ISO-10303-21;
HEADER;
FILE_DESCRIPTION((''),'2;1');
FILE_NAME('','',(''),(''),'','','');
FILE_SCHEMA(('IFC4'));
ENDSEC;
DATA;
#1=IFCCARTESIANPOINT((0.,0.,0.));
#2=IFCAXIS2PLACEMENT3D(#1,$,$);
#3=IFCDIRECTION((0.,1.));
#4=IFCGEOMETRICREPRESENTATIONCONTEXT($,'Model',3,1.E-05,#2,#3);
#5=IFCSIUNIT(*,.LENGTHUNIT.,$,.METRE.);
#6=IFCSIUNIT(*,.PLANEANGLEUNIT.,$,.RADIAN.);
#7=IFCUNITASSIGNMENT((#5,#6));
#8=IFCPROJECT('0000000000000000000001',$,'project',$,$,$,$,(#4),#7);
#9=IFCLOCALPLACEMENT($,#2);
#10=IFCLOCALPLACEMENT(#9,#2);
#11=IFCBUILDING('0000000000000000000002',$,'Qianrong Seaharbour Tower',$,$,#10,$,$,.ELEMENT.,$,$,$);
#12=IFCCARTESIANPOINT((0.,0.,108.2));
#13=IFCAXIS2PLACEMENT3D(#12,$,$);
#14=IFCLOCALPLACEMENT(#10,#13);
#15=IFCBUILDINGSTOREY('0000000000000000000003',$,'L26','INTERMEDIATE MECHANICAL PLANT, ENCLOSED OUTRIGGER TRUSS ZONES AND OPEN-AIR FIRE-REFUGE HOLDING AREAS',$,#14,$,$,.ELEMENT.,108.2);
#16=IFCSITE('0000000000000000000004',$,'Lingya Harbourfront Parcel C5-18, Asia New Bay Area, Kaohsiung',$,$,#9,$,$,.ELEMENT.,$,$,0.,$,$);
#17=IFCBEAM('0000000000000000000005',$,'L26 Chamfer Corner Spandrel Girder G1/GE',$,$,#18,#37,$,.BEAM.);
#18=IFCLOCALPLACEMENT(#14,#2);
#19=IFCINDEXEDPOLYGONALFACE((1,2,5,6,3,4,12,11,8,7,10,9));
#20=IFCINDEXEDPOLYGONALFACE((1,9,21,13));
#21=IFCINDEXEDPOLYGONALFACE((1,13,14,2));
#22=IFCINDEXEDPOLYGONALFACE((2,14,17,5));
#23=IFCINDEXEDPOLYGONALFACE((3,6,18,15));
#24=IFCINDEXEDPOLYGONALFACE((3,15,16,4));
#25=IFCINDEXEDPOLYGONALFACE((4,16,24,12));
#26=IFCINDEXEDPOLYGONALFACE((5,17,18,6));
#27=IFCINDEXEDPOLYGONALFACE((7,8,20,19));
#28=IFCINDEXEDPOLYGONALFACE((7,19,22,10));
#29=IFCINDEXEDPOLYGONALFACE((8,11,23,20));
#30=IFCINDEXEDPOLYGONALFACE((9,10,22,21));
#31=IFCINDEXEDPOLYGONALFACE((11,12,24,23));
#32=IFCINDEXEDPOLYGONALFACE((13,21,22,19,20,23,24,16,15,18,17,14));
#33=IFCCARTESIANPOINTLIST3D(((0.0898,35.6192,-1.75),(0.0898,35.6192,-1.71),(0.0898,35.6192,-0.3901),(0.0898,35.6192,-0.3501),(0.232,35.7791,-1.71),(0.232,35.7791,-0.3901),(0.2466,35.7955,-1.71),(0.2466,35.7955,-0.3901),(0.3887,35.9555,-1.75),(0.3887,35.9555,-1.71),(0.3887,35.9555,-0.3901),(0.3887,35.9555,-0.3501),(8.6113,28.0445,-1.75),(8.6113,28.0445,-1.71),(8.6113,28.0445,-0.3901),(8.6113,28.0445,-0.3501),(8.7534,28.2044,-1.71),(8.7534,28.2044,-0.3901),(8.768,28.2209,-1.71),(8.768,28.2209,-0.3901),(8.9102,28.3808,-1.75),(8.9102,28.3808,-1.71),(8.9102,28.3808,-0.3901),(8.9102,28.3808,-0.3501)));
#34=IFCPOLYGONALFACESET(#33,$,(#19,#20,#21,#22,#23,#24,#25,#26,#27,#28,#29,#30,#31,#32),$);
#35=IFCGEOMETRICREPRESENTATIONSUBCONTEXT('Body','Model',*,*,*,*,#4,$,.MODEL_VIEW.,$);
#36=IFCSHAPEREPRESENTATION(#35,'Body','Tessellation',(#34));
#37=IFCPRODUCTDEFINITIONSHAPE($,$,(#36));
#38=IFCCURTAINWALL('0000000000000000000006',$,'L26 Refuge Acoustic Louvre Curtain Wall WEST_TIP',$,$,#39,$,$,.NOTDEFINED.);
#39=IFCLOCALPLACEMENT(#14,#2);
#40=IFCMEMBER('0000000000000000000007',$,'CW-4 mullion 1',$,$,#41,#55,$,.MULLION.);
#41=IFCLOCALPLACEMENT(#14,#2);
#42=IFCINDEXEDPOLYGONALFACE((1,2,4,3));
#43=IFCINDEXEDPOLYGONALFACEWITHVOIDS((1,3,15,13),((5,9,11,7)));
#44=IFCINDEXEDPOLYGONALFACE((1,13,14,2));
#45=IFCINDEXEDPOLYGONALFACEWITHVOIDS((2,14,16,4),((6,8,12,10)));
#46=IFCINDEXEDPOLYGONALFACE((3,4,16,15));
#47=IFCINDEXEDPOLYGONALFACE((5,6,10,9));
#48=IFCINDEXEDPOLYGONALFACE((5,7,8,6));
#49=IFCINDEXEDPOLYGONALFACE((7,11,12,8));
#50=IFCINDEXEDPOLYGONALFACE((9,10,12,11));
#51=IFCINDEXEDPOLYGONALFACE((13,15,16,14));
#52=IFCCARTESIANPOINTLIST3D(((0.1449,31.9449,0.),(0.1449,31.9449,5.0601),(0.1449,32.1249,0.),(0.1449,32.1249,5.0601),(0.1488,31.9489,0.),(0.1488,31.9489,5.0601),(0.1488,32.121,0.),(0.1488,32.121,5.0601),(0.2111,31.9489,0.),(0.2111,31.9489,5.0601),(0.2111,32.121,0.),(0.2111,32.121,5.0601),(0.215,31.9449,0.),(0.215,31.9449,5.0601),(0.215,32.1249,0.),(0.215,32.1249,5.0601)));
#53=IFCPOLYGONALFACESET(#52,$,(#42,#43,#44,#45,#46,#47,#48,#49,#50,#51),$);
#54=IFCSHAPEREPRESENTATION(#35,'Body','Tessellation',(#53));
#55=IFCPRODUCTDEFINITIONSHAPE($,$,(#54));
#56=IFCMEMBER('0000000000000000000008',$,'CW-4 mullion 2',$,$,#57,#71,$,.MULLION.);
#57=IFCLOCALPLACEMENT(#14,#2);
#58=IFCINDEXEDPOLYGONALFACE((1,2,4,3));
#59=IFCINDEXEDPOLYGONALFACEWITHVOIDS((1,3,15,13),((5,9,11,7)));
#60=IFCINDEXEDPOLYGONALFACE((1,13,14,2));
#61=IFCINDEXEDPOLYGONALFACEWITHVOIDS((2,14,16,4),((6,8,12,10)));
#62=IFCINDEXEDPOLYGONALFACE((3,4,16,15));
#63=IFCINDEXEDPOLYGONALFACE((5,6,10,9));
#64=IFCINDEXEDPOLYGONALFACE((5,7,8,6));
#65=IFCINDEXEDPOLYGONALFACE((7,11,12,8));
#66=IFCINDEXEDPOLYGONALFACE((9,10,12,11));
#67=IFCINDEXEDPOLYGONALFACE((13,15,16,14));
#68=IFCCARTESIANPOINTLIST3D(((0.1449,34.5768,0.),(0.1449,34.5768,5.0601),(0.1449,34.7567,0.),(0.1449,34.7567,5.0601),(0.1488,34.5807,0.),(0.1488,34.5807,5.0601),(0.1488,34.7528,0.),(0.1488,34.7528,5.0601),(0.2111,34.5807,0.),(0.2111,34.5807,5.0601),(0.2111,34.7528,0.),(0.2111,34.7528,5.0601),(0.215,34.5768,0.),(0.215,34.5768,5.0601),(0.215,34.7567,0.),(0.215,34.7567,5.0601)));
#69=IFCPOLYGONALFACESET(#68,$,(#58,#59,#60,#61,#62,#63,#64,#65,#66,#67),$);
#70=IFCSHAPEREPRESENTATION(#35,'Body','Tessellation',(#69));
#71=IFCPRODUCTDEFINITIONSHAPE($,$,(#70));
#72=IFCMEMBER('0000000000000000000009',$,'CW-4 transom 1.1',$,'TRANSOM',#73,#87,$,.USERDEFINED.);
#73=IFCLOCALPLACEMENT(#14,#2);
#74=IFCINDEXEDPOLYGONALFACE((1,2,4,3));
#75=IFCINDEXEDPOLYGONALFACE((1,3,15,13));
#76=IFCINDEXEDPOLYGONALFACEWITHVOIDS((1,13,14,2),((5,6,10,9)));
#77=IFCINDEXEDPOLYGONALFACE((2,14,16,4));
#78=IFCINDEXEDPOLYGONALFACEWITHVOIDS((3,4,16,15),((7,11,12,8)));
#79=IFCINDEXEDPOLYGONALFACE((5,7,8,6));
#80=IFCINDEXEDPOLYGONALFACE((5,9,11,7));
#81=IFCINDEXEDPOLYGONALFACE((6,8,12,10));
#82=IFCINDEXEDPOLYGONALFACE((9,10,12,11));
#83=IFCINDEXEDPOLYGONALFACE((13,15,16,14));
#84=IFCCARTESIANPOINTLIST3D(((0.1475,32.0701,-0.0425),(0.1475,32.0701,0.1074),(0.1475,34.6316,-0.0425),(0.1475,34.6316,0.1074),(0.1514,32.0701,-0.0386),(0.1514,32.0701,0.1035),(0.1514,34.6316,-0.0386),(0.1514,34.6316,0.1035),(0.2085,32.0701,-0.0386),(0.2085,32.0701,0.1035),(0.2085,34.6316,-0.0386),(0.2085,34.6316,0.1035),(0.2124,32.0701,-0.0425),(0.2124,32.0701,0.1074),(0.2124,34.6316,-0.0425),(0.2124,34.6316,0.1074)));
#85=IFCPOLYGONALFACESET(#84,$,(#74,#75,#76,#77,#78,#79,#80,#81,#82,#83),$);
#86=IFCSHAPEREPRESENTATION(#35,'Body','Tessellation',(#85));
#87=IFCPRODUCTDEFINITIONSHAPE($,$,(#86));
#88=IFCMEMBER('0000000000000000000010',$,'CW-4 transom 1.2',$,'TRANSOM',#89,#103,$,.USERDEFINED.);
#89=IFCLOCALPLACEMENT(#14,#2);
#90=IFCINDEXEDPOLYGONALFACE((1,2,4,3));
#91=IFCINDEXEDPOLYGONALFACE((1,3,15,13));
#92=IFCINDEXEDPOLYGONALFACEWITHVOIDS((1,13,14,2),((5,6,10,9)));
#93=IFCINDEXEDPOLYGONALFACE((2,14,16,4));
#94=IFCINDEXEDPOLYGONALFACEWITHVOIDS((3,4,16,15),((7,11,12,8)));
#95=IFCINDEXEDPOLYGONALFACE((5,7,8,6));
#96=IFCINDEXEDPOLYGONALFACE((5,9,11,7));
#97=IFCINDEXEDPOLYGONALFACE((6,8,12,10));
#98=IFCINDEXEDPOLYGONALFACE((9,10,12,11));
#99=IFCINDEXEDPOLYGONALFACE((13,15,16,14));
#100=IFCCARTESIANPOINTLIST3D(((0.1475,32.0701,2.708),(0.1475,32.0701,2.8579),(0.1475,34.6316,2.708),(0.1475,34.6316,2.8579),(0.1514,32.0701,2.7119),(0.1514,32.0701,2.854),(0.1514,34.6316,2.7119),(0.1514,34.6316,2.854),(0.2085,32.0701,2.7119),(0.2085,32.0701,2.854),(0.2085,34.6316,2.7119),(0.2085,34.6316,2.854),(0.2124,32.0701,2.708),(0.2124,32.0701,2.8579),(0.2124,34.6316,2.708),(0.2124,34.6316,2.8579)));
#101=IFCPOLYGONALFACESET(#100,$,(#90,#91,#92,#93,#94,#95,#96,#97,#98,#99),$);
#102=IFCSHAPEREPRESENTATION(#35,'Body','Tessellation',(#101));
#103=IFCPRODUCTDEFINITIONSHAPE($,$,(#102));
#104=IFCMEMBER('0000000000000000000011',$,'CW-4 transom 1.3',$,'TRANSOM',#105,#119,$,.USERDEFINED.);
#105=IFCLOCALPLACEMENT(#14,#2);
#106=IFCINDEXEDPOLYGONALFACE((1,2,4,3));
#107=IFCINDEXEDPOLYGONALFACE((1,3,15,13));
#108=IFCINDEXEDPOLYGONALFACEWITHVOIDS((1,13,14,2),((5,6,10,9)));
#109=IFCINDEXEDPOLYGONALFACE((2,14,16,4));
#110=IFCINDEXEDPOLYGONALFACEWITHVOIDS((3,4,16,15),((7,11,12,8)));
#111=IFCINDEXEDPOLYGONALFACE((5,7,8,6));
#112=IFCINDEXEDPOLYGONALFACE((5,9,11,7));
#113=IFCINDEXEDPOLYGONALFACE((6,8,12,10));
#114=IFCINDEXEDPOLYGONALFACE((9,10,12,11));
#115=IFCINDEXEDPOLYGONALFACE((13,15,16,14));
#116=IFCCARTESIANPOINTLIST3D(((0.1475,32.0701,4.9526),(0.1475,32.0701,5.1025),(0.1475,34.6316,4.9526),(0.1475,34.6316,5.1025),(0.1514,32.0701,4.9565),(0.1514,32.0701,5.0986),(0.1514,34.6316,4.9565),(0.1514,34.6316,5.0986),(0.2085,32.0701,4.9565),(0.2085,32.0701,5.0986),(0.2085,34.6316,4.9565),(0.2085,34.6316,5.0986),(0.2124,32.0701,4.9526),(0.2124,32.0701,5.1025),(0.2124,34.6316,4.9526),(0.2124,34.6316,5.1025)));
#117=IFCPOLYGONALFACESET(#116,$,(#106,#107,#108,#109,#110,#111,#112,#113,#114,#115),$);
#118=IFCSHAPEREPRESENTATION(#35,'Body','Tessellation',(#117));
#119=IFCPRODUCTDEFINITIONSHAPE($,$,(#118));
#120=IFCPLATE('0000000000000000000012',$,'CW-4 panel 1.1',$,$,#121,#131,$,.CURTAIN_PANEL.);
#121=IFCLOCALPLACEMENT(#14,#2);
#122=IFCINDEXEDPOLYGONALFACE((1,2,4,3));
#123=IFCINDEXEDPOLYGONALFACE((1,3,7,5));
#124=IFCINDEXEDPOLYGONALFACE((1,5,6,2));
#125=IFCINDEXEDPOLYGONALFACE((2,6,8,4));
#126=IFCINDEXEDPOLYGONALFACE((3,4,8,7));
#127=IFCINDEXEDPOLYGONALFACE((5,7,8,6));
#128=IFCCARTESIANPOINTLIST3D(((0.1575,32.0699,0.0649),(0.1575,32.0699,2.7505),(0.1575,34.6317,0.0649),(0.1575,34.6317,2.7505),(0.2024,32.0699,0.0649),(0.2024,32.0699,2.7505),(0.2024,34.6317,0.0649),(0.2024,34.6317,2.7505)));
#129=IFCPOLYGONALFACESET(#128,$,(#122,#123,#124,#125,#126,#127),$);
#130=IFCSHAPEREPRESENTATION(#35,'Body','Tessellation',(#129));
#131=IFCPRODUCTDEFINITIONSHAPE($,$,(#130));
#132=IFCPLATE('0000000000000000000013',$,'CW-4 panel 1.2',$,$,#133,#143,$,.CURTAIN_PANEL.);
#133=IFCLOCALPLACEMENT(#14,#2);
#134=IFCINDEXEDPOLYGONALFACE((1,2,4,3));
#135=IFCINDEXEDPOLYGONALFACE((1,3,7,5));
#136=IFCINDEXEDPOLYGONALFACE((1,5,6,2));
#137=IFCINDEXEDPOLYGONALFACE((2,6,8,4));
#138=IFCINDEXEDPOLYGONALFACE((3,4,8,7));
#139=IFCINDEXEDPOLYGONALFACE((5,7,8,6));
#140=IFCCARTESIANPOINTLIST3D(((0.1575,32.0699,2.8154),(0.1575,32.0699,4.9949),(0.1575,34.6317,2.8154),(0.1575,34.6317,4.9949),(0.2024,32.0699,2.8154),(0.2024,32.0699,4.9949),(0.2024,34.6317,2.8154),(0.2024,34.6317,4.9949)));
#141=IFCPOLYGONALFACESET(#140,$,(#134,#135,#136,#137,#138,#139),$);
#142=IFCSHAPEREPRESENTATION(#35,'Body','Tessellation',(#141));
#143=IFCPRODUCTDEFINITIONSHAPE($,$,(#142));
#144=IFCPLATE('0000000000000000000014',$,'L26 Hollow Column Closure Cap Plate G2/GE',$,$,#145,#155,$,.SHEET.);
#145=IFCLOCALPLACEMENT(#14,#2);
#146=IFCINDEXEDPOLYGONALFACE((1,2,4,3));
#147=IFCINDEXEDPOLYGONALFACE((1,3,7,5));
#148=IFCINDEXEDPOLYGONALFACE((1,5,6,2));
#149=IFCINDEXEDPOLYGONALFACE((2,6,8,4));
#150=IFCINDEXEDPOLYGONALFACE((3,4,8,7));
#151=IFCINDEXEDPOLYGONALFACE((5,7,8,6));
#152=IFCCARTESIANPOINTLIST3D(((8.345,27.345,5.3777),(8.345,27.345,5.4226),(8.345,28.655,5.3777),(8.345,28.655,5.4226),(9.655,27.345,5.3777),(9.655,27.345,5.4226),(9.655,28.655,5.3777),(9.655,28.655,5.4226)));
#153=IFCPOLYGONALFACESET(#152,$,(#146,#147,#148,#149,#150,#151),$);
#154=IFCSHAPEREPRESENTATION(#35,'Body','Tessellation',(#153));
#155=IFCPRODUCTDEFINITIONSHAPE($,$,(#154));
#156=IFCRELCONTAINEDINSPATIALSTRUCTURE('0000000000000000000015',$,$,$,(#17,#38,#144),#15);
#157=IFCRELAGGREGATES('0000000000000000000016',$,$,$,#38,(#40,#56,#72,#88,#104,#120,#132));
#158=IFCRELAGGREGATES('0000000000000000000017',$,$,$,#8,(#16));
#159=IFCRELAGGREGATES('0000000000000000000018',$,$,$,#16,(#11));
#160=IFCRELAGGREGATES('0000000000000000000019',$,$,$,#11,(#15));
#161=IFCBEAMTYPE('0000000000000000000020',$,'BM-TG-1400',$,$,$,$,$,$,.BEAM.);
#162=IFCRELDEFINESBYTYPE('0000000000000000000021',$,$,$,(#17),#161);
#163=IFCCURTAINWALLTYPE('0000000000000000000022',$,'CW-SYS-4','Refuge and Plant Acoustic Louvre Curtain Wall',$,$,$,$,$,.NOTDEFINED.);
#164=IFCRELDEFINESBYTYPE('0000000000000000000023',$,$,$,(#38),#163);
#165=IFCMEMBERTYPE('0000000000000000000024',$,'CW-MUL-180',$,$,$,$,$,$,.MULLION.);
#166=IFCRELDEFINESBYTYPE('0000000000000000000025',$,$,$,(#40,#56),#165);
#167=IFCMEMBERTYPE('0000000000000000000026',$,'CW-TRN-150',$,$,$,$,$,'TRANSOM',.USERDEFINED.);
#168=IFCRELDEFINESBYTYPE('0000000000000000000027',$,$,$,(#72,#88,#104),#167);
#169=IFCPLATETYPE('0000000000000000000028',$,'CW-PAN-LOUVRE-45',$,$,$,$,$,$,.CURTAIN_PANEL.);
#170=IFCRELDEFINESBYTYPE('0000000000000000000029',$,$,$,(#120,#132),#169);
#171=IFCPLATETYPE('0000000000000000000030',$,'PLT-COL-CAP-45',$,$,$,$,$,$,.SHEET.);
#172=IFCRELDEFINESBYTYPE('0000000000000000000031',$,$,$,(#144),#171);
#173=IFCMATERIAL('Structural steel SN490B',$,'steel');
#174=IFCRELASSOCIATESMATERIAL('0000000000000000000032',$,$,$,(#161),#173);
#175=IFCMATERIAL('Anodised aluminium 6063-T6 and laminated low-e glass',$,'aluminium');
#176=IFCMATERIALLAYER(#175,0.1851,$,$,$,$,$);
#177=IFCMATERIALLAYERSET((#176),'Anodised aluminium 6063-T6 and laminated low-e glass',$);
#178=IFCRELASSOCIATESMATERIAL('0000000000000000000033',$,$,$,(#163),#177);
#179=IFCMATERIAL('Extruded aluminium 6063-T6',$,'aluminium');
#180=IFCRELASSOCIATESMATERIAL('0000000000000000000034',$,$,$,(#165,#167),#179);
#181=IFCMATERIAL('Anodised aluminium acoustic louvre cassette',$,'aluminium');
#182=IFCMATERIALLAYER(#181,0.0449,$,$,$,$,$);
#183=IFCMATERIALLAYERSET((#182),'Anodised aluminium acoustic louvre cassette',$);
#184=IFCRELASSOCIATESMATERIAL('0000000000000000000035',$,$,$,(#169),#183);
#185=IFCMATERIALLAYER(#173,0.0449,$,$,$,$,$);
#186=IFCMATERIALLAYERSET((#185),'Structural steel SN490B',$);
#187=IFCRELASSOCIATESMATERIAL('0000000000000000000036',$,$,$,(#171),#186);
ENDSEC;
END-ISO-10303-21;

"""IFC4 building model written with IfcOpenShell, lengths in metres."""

from ifc_helpers import new_model, si_unit, direction, frame, origin, origin_2d, place, context, subcontext, project, spatial, rectangle, hollow_rectangle, i_section, extrude, material, layer, layer_set, material_profile, profile_set, type_object, element, aggregate, save


model = new_model("IFC4")

# Units and contexts
model_context = context("Model", 3, precision=1e-05, world=origin(), true_north=direction((0.0, 1.0)))
body_context = subcontext(model_context, "Body", "Model", "MODEL_VIEW")
ifc_project = project(units=[si_unit("LENGTHUNIT", "METRE"), si_unit("PLANEANGLEUNIT", "RADIAN")], contexts=[model_context])

# Site, building, storey
site_placement = place(None, origin())
site = spatial("IfcSite", under=ifc_project, at=site_placement, Name="Lingya Harbourfront Parcel C5-18, Asia New Bay Area, Kaohsiung", CompositionType="ELEMENT", RefElevation=0.0)
building_placement = place(site_placement, origin())
building = spatial("IfcBuilding", under=site, at=building_placement, Name="Qianrong Seaharbour Tower", CompositionType="ELEMENT")
storey_placement = place(building_placement, frame((0.0, 0.0, 108.2)))
storey = spatial("IfcBuildingStorey", under=building, at=storey_placement, Name="L26", Description="INTERMEDIATE MECHANICAL PLANT, ENCLOSED OUTRIGGER TRUSS ZONES AND OPEN-AIR FIRE-REFUGE HOLDING AREAS", CompositionType="ELEMENT", Elevation=108.2)

# Shared definitions
ifc_material_1 = material(Name="Structural steel SN490B", Category="steel")

# Beam
ifc_material_profile_1 = material_profile(ifc_material_1, i_section(OverallWidth=0.45, OverallDepth=1.3999, WebThickness=0.022, FlangeThickness=0.04, at=origin_2d()), Name="BH1400x450x22x40")
ifc_profile_set_1 = profile_set([ifc_material_profile_1], Name="Structural steel SN490B")
beam_type_1 = type_object("IfcBeamType", Name="BM-TG-1400", PredefinedType="BEAM", material=ifc_profile_set_1)
beam_1_placement = place(storey_placement, frame((8.7607, 28.2126, -1.05), z_axis=(-0.747407, 0.664366, 0.0), x_axis=(-0.664366, -0.747407, 0.0)))
element("IfcBeam", 1, at=beam_1_placement, inside=storey, type_object=beam_type_1, Name="L26 Chamfer Corner Spandrel Girder G1/GE", PredefinedType="BEAM", context=body_context, shape_type="SweptSolid", body=[
    extrude(i_section(OverallWidth=0.45, OverallDepth=1.3999, WebThickness=0.022, FlangeThickness=0.04, at=origin_2d()), origin(), (0.0, 0.0, 1.0), 11.4014),
])

# Curtain wall, members, plates
ifc_material_2 = material(Name="Anodised aluminium 6063-T6 and laminated low-e glass", Category="aluminium")
ifc_layer_1 = layer(ifc_material_2, 0.1851)
ifc_layer_set_1 = layer_set([ifc_layer_1], Name="Anodised aluminium 6063-T6 and laminated low-e glass")
curtain_wall_type = type_object("IfcCurtainWallType", Name="CW-SYS-4", Description="Refuge and Plant Acoustic Louvre Curtain Wall", PredefinedType="NOTDEFINED", material=ifc_layer_set_1)
curtain_wall_placement = place(storey_placement, origin())
curtain_wall = element("IfcCurtainWall", 2, at=curtain_wall_placement, inside=storey, type_object=curtain_wall_type, Name="L26 Refuge Acoustic Louvre Curtain Wall WEST_TIP", PredefinedType="NOTDEFINED")
ifc_material_3 = material(Name="Extruded aluminium 6063-T6", Category="aluminium")
ifc_material_profile_2 = material_profile(ifc_material_3, hollow_rectangle(XDim=0.0701, YDim=0.1799, WallThickness=0.0039, at=origin_2d()), Name="ALU-MUL-180x70x4")
ifc_profile_set_2 = profile_set([ifc_material_profile_2], Name="Extruded aluminium 6063-T6")
member_type_1 = type_object("IfcMemberType", Name="CW-MUL-180", PredefinedType="MULLION", material=ifc_profile_set_2)
member_1_placement = place(storey_placement, frame((0.1799, 32.0349, 0.0), z_axis=(0.0, 0.0, 1.0), x_axis=(-1.0, 0.0, 0.0)))
member_1 = element("IfcMember", 3, at=member_1_placement, type_object=member_type_1, Name="CW-4 mullion 1", PredefinedType="MULLION", context=body_context, shape_type="SweptSolid", body=[
    extrude(hollow_rectangle(XDim=0.0701, YDim=0.1799, WallThickness=0.0039, at=origin_2d()), origin(), (0.0, 0.0, 1.0), 5.0601),
])
member_2_placement = place(storey_placement, frame((0.1799, 34.6667, 0.0), z_axis=(0.0, 0.0, 1.0), x_axis=(-1.0, 0.0, 0.0)))
member_2 = element("IfcMember", 4, at=member_2_placement, type_object=member_type_1, Name="CW-4 mullion 2", PredefinedType="MULLION", context=body_context, shape_type="SweptSolid", body=[
    extrude(hollow_rectangle(XDim=0.0701, YDim=0.1799, WallThickness=0.0039, at=origin_2d()), origin(), (0.0, 0.0, 1.0), 5.0601),
])
ifc_material_profile_3 = material_profile(ifc_material_3, hollow_rectangle(XDim=0.0649, YDim=0.1499, WallThickness=0.0039, at=origin_2d()), Name="ALU-TRN-150x65x4")
ifc_profile_set_3 = profile_set([ifc_material_profile_3], Name="Extruded aluminium 6063-T6")
member_type_2 = type_object("IfcMemberType", Name="CW-TRN-150", ElementType="TRANSOM", PredefinedType="USERDEFINED", material=ifc_profile_set_3)
member_3_placement = place(storey_placement, frame((0.1799, 32.0701, 0.0325), z_axis=(0.0, 1.0, 0.0), x_axis=(-1.0, 0.0, 0.0)))
member_3 = element("IfcMember", 5, at=member_3_placement, type_object=member_type_2, Name="CW-4 transom 1.1", ObjectType="TRANSOM", PredefinedType="USERDEFINED", context=body_context, shape_type="SweptSolid", body=[
    extrude(hollow_rectangle(XDim=0.0649, YDim=0.1499, WallThickness=0.0039, at=origin_2d()), origin(), (0.0, 0.0, 1.0), 2.5615),
])
member_4_placement = place(storey_placement, frame((0.1799, 32.0701, 2.783), z_axis=(0.0, 1.0, 0.0), x_axis=(-1.0, 0.0, 0.0)))
member_4 = element("IfcMember", 6, at=member_4_placement, type_object=member_type_2, Name="CW-4 transom 1.2", ObjectType="TRANSOM", PredefinedType="USERDEFINED", context=body_context, shape_type="SweptSolid", body=[
    extrude(hollow_rectangle(XDim=0.0649, YDim=0.1499, WallThickness=0.0039, at=origin_2d()), origin(), (0.0, 0.0, 1.0), 2.5615),
])
member_5_placement = place(storey_placement, frame((0.1799, 32.0701, 5.0276), z_axis=(0.0, 1.0, 0.0), x_axis=(-1.0, 0.0, 0.0)))
member_5 = element("IfcMember", 7, at=member_5_placement, type_object=member_type_2, Name="CW-4 transom 1.3", ObjectType="TRANSOM", PredefinedType="USERDEFINED", context=body_context, shape_type="SweptSolid", body=[
    extrude(hollow_rectangle(XDim=0.0649, YDim=0.1499, WallThickness=0.0039, at=origin_2d()), origin(), (0.0, 0.0, 1.0), 2.5615),
])
ifc_material_4 = material(Name="Anodised aluminium acoustic louvre cassette", Category="aluminium")
ifc_layer_2 = layer(ifc_material_4, 0.0449)
ifc_layer_set_2 = layer_set([ifc_layer_2], Name="Anodised aluminium acoustic louvre cassette")
plate_type_1 = type_object("IfcPlateType", Name="CW-PAN-LOUVRE-45", PredefinedType="CURTAIN_PANEL", material=ifc_layer_set_2)
plate_1_placement = place(storey_placement, frame((0.1799, 33.3508, 0.0649), z_axis=(0.0, 0.0, 1.0), x_axis=(0.0, 1.0, 0.0)))
plate_1 = element("IfcPlate", 8, at=plate_1_placement, type_object=plate_type_1, Name="CW-4 panel 1.1", PredefinedType="CURTAIN_PANEL", context=body_context, shape_type="SweptSolid", body=[
    extrude(rectangle(XDim=2.5618, YDim=0.0449, at=origin_2d()), origin(), (0.0, 0.0, 1.0), 2.6855),
])
plate_2_placement = place(storey_placement, frame((0.1799, 33.3508, 2.8154), z_axis=(0.0, 0.0, 1.0), x_axis=(0.0, 1.0, 0.0)))
plate_2 = element("IfcPlate", 9, at=plate_2_placement, type_object=plate_type_1, Name="CW-4 panel 1.2", PredefinedType="CURTAIN_PANEL", context=body_context, shape_type="SweptSolid", body=[
    extrude(rectangle(XDim=2.5618, YDim=0.0449, at=origin_2d()), origin(), (0.0, 0.0, 1.0), 2.1794),
])
aggregate(curtain_wall, [member_1, member_2, member_3, member_4, member_5, plate_1, plate_2])

# Plate
ifc_layer_3 = layer(ifc_material_1, 0.0449)
ifc_layer_set_3 = layer_set([ifc_layer_3], Name="Structural steel SN490B")
plate_type_2 = type_object("IfcPlateType", Name="PLT-COL-CAP-45", PredefinedType="SHEET", material=ifc_layer_set_3)
plate_3_placement = place(storey_placement, frame((9.0, 28.0, 5.3777), z_axis=(0.0, 0.0, 1.0), x_axis=(1.0, 0.0, 0.0)))
element("IfcPlate", 10, at=plate_3_placement, inside=storey, type_object=plate_type_2, Name="L26 Hollow Column Closure Cap Plate G2/GE", PredefinedType="SHEET", context=body_context, shape_type="SweptSolid", body=[
    extrude(rectangle(XDim=1.3101, YDim=1.3101, at=origin_2d()), origin(), (0.0, 0.0, 1.0), 0.0449),
])

save(model, "model.ifc")
